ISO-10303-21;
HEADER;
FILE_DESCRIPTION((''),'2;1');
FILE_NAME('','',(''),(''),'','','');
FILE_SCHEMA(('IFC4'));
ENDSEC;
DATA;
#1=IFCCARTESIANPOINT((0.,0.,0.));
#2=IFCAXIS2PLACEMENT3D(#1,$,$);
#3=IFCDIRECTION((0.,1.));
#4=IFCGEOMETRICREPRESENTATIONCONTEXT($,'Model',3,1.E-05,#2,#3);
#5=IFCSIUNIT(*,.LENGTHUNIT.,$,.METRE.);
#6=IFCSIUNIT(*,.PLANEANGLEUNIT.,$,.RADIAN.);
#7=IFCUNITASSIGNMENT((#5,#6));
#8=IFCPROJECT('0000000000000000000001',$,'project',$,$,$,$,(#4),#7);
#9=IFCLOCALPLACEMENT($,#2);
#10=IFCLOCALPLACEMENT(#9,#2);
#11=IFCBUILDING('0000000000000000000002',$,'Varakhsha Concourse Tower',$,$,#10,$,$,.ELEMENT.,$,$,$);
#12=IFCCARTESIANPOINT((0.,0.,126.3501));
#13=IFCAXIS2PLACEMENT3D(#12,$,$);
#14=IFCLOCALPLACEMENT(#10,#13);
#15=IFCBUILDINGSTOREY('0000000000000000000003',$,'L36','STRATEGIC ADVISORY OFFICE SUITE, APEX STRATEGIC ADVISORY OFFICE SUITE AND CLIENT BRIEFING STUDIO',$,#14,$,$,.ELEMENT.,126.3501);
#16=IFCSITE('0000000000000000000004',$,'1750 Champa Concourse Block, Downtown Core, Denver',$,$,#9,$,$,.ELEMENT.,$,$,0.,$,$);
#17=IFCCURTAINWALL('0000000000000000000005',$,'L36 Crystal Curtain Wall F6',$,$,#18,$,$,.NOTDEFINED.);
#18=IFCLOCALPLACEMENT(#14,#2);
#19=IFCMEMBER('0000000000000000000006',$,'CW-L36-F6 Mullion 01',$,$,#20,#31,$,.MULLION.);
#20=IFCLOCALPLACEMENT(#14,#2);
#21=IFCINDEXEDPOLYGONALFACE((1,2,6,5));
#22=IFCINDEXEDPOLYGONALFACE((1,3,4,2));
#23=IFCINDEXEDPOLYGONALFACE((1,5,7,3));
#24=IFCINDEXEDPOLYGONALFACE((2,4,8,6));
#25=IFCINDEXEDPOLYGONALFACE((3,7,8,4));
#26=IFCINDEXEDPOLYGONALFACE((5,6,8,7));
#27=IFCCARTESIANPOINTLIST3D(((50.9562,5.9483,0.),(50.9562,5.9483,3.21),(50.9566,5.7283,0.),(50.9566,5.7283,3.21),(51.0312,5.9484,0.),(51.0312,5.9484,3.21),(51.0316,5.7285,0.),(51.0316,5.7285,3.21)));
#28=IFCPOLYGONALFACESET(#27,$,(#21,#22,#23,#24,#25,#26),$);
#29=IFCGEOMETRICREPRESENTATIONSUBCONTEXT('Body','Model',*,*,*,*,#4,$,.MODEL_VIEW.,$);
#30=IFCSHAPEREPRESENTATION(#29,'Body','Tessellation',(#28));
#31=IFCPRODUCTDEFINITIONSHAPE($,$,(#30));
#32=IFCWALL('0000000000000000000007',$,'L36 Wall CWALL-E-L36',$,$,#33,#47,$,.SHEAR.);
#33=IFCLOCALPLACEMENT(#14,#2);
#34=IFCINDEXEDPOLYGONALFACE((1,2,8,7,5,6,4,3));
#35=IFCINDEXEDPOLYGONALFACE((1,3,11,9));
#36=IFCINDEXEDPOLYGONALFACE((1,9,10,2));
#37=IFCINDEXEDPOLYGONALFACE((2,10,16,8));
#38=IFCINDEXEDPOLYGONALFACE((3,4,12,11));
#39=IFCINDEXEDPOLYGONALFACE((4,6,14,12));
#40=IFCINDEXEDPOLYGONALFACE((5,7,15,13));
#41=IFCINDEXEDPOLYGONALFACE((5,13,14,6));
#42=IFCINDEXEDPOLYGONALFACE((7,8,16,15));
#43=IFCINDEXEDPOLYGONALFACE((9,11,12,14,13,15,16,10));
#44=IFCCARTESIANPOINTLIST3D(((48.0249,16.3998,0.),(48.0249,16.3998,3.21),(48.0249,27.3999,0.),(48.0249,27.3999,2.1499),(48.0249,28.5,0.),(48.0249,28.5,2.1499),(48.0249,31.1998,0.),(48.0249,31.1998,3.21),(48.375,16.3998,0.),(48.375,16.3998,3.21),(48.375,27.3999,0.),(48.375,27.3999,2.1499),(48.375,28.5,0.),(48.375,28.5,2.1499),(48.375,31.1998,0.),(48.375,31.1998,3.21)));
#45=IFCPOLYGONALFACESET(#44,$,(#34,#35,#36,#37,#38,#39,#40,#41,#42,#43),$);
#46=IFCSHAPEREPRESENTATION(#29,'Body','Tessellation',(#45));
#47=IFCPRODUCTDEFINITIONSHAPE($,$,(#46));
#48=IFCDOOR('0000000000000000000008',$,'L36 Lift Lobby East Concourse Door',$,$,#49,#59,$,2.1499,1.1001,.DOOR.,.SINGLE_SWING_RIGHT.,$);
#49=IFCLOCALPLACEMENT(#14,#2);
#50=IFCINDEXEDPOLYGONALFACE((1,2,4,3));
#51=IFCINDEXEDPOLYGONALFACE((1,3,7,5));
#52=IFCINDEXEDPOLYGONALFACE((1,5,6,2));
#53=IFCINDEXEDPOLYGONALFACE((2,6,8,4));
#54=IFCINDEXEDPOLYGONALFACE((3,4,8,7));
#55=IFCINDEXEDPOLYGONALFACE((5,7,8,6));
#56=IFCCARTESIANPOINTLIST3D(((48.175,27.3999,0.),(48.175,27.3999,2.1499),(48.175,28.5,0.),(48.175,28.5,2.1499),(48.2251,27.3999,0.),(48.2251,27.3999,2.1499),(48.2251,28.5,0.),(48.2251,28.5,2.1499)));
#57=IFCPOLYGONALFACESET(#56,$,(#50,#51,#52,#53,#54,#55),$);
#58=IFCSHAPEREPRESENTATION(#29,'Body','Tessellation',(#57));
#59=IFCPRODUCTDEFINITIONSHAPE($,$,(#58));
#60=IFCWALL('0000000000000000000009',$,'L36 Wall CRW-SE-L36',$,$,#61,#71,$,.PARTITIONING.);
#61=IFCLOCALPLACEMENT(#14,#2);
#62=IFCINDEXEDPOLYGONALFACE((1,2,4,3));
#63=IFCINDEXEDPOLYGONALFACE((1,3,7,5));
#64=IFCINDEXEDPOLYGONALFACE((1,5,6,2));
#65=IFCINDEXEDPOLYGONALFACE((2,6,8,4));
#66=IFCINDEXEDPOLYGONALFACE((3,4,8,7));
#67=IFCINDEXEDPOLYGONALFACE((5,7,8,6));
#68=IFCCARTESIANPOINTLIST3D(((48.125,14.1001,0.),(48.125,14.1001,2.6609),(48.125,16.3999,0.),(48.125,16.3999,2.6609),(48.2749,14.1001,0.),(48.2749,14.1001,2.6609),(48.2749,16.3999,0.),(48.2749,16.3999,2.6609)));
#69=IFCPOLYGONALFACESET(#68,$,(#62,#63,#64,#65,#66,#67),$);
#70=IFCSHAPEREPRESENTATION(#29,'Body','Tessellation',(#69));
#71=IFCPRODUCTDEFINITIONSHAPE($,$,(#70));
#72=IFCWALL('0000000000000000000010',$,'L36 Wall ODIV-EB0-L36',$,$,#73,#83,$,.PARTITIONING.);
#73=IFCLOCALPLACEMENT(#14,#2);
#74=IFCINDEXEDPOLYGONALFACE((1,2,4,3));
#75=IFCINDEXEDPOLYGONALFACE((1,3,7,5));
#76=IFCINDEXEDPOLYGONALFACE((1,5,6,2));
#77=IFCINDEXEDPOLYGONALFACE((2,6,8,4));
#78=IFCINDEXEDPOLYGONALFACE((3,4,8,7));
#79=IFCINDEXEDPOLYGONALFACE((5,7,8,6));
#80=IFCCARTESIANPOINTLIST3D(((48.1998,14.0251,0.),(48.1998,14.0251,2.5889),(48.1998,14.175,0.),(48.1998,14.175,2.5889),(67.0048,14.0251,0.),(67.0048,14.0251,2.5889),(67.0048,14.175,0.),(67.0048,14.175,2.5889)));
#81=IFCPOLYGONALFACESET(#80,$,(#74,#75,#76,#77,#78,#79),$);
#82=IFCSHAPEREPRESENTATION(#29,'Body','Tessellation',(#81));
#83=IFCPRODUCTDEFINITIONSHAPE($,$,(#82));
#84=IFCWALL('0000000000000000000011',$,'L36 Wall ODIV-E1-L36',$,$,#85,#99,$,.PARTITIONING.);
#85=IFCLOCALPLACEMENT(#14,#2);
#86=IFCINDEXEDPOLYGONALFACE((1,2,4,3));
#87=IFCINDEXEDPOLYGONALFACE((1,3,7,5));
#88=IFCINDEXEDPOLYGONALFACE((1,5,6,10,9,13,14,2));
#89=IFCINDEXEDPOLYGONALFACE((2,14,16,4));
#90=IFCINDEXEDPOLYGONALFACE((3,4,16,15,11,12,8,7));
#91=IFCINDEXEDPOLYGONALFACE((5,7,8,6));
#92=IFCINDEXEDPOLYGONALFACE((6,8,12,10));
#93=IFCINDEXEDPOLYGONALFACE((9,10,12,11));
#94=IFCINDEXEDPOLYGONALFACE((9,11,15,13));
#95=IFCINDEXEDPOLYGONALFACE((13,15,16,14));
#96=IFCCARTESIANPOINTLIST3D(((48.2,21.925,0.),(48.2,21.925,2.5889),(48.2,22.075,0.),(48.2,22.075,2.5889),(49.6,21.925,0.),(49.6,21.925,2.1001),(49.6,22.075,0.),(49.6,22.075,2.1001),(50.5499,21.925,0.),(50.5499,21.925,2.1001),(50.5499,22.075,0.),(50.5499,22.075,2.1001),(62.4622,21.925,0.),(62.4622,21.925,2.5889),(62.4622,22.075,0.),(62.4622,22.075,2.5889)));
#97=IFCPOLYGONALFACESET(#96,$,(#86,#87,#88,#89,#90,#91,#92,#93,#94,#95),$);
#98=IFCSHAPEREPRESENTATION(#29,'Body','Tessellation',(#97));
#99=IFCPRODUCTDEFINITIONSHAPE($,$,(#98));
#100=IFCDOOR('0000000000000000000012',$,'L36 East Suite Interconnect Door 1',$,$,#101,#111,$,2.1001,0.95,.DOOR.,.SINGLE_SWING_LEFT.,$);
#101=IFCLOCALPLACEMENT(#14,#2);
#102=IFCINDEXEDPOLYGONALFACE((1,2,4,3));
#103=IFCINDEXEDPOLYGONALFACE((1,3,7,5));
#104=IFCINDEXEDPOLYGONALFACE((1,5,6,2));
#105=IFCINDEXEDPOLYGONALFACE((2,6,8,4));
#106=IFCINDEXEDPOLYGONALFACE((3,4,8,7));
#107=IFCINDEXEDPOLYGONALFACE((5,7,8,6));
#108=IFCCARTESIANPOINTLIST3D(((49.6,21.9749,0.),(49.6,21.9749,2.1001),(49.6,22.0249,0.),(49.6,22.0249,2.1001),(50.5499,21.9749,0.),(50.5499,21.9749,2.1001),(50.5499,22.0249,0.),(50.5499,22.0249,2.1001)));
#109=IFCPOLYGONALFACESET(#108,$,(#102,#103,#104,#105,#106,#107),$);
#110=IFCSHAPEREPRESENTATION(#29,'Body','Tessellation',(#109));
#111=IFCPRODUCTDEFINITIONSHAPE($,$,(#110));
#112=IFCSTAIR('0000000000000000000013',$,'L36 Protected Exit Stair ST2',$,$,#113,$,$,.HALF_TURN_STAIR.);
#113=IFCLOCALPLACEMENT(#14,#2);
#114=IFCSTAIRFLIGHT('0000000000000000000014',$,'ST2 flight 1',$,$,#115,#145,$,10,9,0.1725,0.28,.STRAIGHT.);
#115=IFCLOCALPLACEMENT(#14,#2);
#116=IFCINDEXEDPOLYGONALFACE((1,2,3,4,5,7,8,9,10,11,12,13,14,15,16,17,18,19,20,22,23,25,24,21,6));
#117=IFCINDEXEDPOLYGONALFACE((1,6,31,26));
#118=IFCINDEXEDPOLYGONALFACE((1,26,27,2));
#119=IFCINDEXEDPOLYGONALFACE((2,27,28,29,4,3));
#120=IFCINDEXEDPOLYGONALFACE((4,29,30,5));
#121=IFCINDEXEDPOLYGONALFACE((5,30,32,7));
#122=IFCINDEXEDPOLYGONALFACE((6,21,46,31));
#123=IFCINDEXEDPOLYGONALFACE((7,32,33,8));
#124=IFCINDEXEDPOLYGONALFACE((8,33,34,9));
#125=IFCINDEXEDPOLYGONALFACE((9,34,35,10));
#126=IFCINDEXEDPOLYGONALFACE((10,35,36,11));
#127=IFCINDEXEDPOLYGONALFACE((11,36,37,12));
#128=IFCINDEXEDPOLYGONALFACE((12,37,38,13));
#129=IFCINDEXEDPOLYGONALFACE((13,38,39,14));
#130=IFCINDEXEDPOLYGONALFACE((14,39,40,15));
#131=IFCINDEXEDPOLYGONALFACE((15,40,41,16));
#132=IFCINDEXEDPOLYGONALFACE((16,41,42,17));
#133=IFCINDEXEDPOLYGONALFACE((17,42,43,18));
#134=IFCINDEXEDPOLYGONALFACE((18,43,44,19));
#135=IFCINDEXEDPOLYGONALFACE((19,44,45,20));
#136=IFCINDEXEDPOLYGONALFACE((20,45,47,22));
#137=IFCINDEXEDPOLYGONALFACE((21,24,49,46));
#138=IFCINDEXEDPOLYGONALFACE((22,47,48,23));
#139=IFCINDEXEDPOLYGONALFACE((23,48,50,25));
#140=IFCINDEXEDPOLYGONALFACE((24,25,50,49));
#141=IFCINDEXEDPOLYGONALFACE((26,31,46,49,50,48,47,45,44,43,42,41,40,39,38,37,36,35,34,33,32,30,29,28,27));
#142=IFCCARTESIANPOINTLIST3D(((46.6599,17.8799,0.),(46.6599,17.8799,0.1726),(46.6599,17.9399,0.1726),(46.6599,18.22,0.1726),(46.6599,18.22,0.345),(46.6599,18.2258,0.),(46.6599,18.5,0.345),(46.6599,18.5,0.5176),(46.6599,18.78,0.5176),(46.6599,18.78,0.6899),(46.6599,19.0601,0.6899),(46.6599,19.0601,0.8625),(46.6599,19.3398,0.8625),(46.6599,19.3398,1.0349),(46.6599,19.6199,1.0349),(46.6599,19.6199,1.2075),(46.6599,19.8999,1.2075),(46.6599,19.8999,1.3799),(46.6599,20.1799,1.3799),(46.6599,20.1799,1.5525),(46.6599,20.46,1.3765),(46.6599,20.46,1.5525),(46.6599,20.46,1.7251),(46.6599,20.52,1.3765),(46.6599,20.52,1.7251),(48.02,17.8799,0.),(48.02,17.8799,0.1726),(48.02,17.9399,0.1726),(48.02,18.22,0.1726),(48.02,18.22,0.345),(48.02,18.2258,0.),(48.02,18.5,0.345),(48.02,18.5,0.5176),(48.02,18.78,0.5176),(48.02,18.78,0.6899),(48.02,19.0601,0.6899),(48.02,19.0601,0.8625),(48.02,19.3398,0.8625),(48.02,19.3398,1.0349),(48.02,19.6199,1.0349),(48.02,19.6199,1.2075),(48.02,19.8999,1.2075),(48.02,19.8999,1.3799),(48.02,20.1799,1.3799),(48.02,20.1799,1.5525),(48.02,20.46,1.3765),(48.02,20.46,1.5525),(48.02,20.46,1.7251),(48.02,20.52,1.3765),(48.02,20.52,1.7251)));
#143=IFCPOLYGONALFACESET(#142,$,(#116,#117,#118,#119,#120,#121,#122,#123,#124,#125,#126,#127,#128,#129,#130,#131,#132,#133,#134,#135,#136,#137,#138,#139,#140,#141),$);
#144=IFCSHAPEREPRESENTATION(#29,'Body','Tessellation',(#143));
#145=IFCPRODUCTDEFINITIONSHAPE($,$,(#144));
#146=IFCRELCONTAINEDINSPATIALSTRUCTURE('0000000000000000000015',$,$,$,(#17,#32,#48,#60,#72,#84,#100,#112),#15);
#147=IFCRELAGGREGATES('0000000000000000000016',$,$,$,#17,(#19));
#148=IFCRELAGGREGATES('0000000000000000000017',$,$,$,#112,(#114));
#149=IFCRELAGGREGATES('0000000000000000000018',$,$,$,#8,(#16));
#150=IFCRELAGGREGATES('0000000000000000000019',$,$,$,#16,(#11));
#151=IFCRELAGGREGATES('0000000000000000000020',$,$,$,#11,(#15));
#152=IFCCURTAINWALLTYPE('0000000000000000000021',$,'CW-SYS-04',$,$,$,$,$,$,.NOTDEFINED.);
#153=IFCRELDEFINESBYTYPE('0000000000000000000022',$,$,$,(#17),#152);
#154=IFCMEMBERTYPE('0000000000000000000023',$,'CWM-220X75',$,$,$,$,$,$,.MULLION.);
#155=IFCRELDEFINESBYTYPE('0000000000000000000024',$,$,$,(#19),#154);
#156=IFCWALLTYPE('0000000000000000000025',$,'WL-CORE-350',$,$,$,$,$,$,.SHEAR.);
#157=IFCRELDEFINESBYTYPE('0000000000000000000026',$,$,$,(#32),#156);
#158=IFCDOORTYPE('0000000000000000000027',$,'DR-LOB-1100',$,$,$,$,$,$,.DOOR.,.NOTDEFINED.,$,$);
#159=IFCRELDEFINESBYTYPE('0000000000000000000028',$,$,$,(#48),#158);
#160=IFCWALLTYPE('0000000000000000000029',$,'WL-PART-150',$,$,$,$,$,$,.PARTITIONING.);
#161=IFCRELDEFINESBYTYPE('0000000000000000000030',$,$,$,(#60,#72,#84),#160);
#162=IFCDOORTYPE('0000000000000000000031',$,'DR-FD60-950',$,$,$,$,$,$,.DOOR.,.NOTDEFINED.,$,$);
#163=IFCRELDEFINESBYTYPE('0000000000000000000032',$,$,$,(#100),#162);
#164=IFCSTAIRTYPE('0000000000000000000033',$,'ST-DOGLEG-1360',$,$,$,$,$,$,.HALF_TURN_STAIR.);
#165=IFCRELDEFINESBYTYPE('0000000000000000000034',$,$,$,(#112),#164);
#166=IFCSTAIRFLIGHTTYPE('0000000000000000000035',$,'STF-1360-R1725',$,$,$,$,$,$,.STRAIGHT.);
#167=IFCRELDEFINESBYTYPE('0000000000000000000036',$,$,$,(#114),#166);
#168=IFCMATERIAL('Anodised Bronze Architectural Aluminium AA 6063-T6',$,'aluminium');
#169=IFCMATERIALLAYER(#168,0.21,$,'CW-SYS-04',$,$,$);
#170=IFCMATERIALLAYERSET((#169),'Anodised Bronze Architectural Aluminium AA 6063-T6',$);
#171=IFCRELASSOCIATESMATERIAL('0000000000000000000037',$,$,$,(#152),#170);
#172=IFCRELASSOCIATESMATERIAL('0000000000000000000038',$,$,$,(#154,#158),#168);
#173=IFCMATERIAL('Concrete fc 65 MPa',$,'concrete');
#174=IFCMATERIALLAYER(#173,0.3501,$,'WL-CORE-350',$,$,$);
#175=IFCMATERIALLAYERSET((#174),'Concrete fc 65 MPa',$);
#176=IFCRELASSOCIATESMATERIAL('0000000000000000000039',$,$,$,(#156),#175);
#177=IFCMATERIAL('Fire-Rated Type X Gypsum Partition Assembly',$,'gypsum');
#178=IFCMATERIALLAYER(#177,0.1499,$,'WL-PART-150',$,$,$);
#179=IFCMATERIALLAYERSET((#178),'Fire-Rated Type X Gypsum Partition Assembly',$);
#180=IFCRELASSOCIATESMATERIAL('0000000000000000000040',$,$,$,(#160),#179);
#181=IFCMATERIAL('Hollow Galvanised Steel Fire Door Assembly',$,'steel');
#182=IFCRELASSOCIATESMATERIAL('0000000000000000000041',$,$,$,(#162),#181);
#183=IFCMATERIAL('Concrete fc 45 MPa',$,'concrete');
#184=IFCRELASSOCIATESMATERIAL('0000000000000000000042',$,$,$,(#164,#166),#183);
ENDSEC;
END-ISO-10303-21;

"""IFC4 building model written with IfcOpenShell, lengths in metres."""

from ifc_helpers import new_model, si_unit, direction, frame, frame_2d, origin, origin_2d, place, context, subcontext, project, spatial, polyline, rectangle, outline, extrude, source, transform, mapped, material, layer, layer_set, material_profile, profile_set, type_object, type_shapes, element, fill, aggregate, save


model = new_model("IFC4")

# Units and contexts
model_context = context("Model", 3, precision=1e-05, world=origin(), true_north=direction((0.0, 1.0)))
body_context = subcontext(model_context, "Body", "Model", "MODEL_VIEW")
ifc_project = project(units=[si_unit("LENGTHUNIT", "METRE"), si_unit("PLANEANGLEUNIT", "RADIAN")], contexts=[model_context])

# Site, building, storey
site_placement = place(None, origin())
site = spatial("IfcSite", under=ifc_project, at=site_placement, Name="1750 Champa Concourse Block, Downtown Core, Denver", CompositionType="ELEMENT", RefElevation=0.0)
building_placement = place(site_placement, origin())
building = spatial("IfcBuilding", under=site, at=building_placement, Name="Varakhsha Concourse Tower", CompositionType="ELEMENT")
storey_placement = place(building_placement, frame((0.0, 0.0, 126.3501)))
storey = spatial("IfcBuildingStorey", under=building, at=storey_placement, Name="L36", Description="STRATEGIC ADVISORY OFFICE SUITE, APEX STRATEGIC ADVISORY OFFICE SUITE AND CLIENT BRIEFING STUDIO", CompositionType="ELEMENT", Elevation=126.3501)

# Shared definitions
ifc_material_1 = material(Name="Concrete fc 65 MPa", Category="concrete")

# Curtain wall, member
ifc_material_2 = material(Name="Anodised Bronze Architectural Aluminium AA 6063-T6", Category="aluminium")
ifc_layer_1 = layer(ifc_material_2, 0.21, Name="CW-SYS-04")
ifc_layer_set_1 = layer_set([ifc_layer_1], Name="Anodised Bronze Architectural Aluminium AA 6063-T6")
curtain_wall_type = type_object("IfcCurtainWallType", Name="CW-SYS-04", PredefinedType="NOTDEFINED", material=ifc_layer_set_1)
curtain_wall_placement = place(storey_placement, origin())
curtain_wall = element("IfcCurtainWall", 1, at=curtain_wall_placement, inside=storey, type_object=curtain_wall_type, Name="L36 Crystal Curtain Wall F6", PredefinedType="NOTDEFINED")
ifc_material_profile_1 = material_profile(ifc_material_2, rectangle(XDim=0.075, YDim=0.22, at=origin_2d()), Name="CWM-220X75")
ifc_profile_set_1 = profile_set([ifc_material_profile_1], Name="Anodised Bronze Architectural Aluminium AA 6063-T6")
member_type = type_object("IfcMemberType", Name="CWM-220X75", PredefinedType="MULLION", material=ifc_profile_set_1)
shared_shape = source(origin(), body_context, "Body", "SweptSolid", [
    extrude(rectangle(XDim=0.075, YDim=0.22, at=origin_2d()), origin(), (0.0, 0.0, 1.0), 3.21),
])
type_shapes(member_type, [shared_shape])
member_placement = place(storey_placement, frame((50.9939, 5.8384, 0.0), z_axis=(0.0, 0.0, 1.0), x_axis=(-0.999998, -0.001745, 0.0)))
member = element("IfcMember", 2, at=member_placement, type_object=member_type, Name="CW-L36-F6 Mullion 01", PredefinedType="MULLION", context=body_context, shape_type="MappedRepresentation", body=[
    mapped(shared_shape, transform((0.0, 0.0, 0.0), scale=1.0)),
])
aggregate(curtain_wall, [member])

# Wall, opening, door
ifc_layer_2 = layer(ifc_material_1, 0.3501, Name="WL-CORE-350")
ifc_layer_set_2 = layer_set([ifc_layer_2], Name="Concrete fc 65 MPa")
wall_type_1 = type_object("IfcWallType", Name="WL-CORE-350", PredefinedType="SHEAR", material=ifc_layer_set_2)
wall_1_placement = place(storey_placement, frame((48.2, 16.3999, 0.0), z_axis=(0.0, 0.0, 1.0), x_axis=(0.0, 1.0, 0.0)))
wall_1 = element("IfcWall", 3, at=wall_1_placement, inside=storey, type_object=wall_type_1, Name="L36 Wall CWALL-E-L36", PredefinedType="SHEAR", context=body_context, shape_type="SweptSolid", body=[
    extrude(rectangle(XDim=14.8, YDim=0.3501, at=frame_2d((7.3999, 0.0))), origin(), (0.0, 0.0, 1.0), 3.21),
])
opening_1_placement = place(wall_1_placement, frame((11.0, 0.0, 0.0)))
opening_1 = element("IfcOpeningElement", 4, at=opening_1_placement, cuts=wall_1, PredefinedType="OPENING", context=body_context, shape_type="SweptSolid", body=[
    extrude(rectangle(XDim=1.1001, YDim=2.1499, at=frame_2d((0.55, 1.075))), frame((0.0, 0.1851, 0.0), z_axis=(0.0, -1.0, 0.0), x_axis=(1.0, 0.0, 0.0)), (0.0, 0.0, 1.0), 0.3701),
])
door_type_1 = type_object("IfcDoorType", Name="DR-LOB-1100", OperationType="NOTDEFINED", PredefinedType="DOOR", material=ifc_material_2)
door_1_placement = place(opening_1_placement, origin())
door_1 = element("IfcDoor", 5, at=door_1_placement, inside=storey, type_object=door_type_1, Name="L36 Lift Lobby East Concourse Door", OperationType="SINGLE_SWING_RIGHT", OverallHeight=2.1499, OverallWidth=1.1001, PredefinedType="DOOR", context=body_context, shape_type="SweptSolid", body=[
    extrude(rectangle(XDim=1.1001, YDim=2.1499, at=frame_2d((0.55, 1.075))), frame((0.0, 0.0249, 0.0), z_axis=(0.0, -1.0, 0.0), x_axis=(1.0, 0.0, 0.0)), (0.0, 0.0, 1.0), 0.05),
])
fill(opening_1, door_1)

# Walls
ifc_material_3 = material(Name="Fire-Rated Type X Gypsum Partition Assembly", Category="gypsum")
ifc_layer_3 = layer(ifc_material_3, 0.1499, Name="WL-PART-150")
ifc_layer_set_3 = layer_set([ifc_layer_3], Name="Fire-Rated Type X Gypsum Partition Assembly")
wall_type_2 = type_object("IfcWallType", Name="WL-PART-150", PredefinedType="PARTITIONING", material=ifc_layer_set_3)
wall_2_placement = place(storey_placement, frame((48.2, 14.1001, 0.0), z_axis=(0.0, 0.0, 1.0), x_axis=(0.0, 1.0, 0.0)))
element("IfcWall", 6, at=wall_2_placement, inside=storey, type_object=wall_type_2, Name="L36 Wall CRW-SE-L36", PredefinedType="PARTITIONING", context=body_context, shape_type="SweptSolid", body=[
    extrude(rectangle(XDim=2.2998, YDim=0.1499, at=frame_2d((1.1499, 0.0))), origin(), (0.0, 0.0, 1.0), 2.6609),
])
wall_3_placement = place(storey_placement, frame((48.2, 14.1001, 0.0), z_axis=(0.0, 0.0, 1.0), x_axis=(1.0, 0.0, 0.0)))
element("IfcWall", 7, at=wall_3_placement, inside=storey, type_object=wall_type_2, Name="L36 Wall ODIV-EB0-L36", PredefinedType="PARTITIONING", context=body_context, shape_type="SweptSolid", body=[
    extrude(rectangle(XDim=18.8049, YDim=0.1499, at=frame_2d((9.4023, 0.0))), origin(), (0.0, 0.0, 1.0), 2.5889),
])

# Wall, opening, door
wall_4_placement = place(storey_placement, frame((48.2, 22.0, 0.0), z_axis=(0.0, 0.0, 1.0), x_axis=(1.0, 0.0, 0.0)))
wall_4 = element("IfcWall", 8, at=wall_4_placement, inside=storey, type_object=wall_type_2, Name="L36 Wall ODIV-E1-L36", PredefinedType="PARTITIONING", context=body_context, shape_type="SweptSolid", body=[
    extrude(rectangle(XDim=14.2622, YDim=0.1499, at=frame_2d((7.1311, 0.0))), origin(), (0.0, 0.0, 1.0), 2.5889),
])
opening_2_placement = place(wall_4_placement, frame((1.3999, 0.0, 0.0)))
opening_2 = element("IfcOpeningElement", 9, at=opening_2_placement, cuts=wall_4, PredefinedType="OPENING", context=body_context, shape_type="SweptSolid", body=[
    extrude(rectangle(XDim=0.95, YDim=2.1001, at=frame_2d((0.4751, 1.05))), frame((0.0, 0.085, 0.0), z_axis=(0.0, -1.0, 0.0), x_axis=(1.0, 0.0, 0.0)), (0.0, 0.0, 1.0), 0.1699),
])
ifc_material_4 = material(Name="Hollow Galvanised Steel Fire Door Assembly", Category="steel")
door_type_2 = type_object("IfcDoorType", Name="DR-FD60-950", OperationType="NOTDEFINED", PredefinedType="DOOR", material=ifc_material_4)
door_2_placement = place(opening_2_placement, origin())
door_2 = element("IfcDoor", 10, at=door_2_placement, inside=storey, type_object=door_type_2, Name="L36 East Suite Interconnect Door 1", OperationType="SINGLE_SWING_LEFT", OverallHeight=2.1001, OverallWidth=0.95, PredefinedType="DOOR", context=body_context, shape_type="SweptSolid", body=[
    extrude(rectangle(XDim=0.95, YDim=2.1001, at=frame_2d((0.4751, 1.05))), frame((0.0, 0.0249, 0.0), z_axis=(0.0, -1.0, 0.0), x_axis=(1.0, 0.0, 0.0)), (0.0, 0.0, 1.0), 0.05),
])
fill(opening_2, door_2)

# Stair, stair flight
ifc_material_5 = material(Name="Concrete fc 45 MPa", Category="concrete")
stair_type = type_object("IfcStairType", Name="ST-DOGLEG-1360", PredefinedType="HALF_TURN_STAIR", material=ifc_material_5)
stair_placement = place(storey_placement, origin())
stair = element("IfcStair", 11, at=stair_placement, inside=storey, type_object=stair_type, Name="L36 Protected Exit Stair ST2", PredefinedType="HALF_TURN_STAIR")
stair_flight_type = type_object("IfcStairFlightType", Name="STF-1360-R1725", PredefinedType="STRAIGHT", material=ifc_material_5)
stair_flight_placement = place(storey_placement, frame((47.3401, 17.9399, 0.0), z_axis=(0.0, 0.0, 1.0), x_axis=(0.0, 1.0, 0.0)))
stair_flight = element("IfcStairFlight", 12, at=stair_flight_placement, type_object=stair_flight_type, Name="ST2 flight 1", NumberOfRisers=10, NumberOfTreads=9, PredefinedType="STRAIGHT", RiserHeight=0.1725, TreadLength=0.28, context=body_context, shape_type="SweptSolid", body=[
    extrude(outline(polyline([(-0.0601, 0.0), (-0.0601, 0.1726), (0.0, 0.1726), (0.28, 0.1726), (0.28, 0.345), (0.5601, 0.345), (0.5601, 0.5176), (0.8401, 0.5176), (0.8401, 0.6899), (1.1201, 0.6899), (1.1201, 0.8625), (1.3999, 0.8625), (1.3999, 1.0349), (1.6799, 1.0349), (1.6799, 1.2075), (1.96, 1.2075), (1.96, 1.3799), (2.24, 1.3799), (2.24, 1.5525), (2.52, 1.5525), (2.52, 1.7251), (2.5801, 1.7251), (2.5801, 1.3765), (2.52, 1.3765), (0.2859, 0.0), (-0.0601, 0.0)])), frame((0.0, 0.6802, 0.0), z_axis=(0.0, -1.0, 0.0), x_axis=(1.0, 0.0, 0.0)), (0.0, 0.0, 1.0), 1.3601),
])
aggregate(stair, [stair_flight])

save(model, "model.ifc")
